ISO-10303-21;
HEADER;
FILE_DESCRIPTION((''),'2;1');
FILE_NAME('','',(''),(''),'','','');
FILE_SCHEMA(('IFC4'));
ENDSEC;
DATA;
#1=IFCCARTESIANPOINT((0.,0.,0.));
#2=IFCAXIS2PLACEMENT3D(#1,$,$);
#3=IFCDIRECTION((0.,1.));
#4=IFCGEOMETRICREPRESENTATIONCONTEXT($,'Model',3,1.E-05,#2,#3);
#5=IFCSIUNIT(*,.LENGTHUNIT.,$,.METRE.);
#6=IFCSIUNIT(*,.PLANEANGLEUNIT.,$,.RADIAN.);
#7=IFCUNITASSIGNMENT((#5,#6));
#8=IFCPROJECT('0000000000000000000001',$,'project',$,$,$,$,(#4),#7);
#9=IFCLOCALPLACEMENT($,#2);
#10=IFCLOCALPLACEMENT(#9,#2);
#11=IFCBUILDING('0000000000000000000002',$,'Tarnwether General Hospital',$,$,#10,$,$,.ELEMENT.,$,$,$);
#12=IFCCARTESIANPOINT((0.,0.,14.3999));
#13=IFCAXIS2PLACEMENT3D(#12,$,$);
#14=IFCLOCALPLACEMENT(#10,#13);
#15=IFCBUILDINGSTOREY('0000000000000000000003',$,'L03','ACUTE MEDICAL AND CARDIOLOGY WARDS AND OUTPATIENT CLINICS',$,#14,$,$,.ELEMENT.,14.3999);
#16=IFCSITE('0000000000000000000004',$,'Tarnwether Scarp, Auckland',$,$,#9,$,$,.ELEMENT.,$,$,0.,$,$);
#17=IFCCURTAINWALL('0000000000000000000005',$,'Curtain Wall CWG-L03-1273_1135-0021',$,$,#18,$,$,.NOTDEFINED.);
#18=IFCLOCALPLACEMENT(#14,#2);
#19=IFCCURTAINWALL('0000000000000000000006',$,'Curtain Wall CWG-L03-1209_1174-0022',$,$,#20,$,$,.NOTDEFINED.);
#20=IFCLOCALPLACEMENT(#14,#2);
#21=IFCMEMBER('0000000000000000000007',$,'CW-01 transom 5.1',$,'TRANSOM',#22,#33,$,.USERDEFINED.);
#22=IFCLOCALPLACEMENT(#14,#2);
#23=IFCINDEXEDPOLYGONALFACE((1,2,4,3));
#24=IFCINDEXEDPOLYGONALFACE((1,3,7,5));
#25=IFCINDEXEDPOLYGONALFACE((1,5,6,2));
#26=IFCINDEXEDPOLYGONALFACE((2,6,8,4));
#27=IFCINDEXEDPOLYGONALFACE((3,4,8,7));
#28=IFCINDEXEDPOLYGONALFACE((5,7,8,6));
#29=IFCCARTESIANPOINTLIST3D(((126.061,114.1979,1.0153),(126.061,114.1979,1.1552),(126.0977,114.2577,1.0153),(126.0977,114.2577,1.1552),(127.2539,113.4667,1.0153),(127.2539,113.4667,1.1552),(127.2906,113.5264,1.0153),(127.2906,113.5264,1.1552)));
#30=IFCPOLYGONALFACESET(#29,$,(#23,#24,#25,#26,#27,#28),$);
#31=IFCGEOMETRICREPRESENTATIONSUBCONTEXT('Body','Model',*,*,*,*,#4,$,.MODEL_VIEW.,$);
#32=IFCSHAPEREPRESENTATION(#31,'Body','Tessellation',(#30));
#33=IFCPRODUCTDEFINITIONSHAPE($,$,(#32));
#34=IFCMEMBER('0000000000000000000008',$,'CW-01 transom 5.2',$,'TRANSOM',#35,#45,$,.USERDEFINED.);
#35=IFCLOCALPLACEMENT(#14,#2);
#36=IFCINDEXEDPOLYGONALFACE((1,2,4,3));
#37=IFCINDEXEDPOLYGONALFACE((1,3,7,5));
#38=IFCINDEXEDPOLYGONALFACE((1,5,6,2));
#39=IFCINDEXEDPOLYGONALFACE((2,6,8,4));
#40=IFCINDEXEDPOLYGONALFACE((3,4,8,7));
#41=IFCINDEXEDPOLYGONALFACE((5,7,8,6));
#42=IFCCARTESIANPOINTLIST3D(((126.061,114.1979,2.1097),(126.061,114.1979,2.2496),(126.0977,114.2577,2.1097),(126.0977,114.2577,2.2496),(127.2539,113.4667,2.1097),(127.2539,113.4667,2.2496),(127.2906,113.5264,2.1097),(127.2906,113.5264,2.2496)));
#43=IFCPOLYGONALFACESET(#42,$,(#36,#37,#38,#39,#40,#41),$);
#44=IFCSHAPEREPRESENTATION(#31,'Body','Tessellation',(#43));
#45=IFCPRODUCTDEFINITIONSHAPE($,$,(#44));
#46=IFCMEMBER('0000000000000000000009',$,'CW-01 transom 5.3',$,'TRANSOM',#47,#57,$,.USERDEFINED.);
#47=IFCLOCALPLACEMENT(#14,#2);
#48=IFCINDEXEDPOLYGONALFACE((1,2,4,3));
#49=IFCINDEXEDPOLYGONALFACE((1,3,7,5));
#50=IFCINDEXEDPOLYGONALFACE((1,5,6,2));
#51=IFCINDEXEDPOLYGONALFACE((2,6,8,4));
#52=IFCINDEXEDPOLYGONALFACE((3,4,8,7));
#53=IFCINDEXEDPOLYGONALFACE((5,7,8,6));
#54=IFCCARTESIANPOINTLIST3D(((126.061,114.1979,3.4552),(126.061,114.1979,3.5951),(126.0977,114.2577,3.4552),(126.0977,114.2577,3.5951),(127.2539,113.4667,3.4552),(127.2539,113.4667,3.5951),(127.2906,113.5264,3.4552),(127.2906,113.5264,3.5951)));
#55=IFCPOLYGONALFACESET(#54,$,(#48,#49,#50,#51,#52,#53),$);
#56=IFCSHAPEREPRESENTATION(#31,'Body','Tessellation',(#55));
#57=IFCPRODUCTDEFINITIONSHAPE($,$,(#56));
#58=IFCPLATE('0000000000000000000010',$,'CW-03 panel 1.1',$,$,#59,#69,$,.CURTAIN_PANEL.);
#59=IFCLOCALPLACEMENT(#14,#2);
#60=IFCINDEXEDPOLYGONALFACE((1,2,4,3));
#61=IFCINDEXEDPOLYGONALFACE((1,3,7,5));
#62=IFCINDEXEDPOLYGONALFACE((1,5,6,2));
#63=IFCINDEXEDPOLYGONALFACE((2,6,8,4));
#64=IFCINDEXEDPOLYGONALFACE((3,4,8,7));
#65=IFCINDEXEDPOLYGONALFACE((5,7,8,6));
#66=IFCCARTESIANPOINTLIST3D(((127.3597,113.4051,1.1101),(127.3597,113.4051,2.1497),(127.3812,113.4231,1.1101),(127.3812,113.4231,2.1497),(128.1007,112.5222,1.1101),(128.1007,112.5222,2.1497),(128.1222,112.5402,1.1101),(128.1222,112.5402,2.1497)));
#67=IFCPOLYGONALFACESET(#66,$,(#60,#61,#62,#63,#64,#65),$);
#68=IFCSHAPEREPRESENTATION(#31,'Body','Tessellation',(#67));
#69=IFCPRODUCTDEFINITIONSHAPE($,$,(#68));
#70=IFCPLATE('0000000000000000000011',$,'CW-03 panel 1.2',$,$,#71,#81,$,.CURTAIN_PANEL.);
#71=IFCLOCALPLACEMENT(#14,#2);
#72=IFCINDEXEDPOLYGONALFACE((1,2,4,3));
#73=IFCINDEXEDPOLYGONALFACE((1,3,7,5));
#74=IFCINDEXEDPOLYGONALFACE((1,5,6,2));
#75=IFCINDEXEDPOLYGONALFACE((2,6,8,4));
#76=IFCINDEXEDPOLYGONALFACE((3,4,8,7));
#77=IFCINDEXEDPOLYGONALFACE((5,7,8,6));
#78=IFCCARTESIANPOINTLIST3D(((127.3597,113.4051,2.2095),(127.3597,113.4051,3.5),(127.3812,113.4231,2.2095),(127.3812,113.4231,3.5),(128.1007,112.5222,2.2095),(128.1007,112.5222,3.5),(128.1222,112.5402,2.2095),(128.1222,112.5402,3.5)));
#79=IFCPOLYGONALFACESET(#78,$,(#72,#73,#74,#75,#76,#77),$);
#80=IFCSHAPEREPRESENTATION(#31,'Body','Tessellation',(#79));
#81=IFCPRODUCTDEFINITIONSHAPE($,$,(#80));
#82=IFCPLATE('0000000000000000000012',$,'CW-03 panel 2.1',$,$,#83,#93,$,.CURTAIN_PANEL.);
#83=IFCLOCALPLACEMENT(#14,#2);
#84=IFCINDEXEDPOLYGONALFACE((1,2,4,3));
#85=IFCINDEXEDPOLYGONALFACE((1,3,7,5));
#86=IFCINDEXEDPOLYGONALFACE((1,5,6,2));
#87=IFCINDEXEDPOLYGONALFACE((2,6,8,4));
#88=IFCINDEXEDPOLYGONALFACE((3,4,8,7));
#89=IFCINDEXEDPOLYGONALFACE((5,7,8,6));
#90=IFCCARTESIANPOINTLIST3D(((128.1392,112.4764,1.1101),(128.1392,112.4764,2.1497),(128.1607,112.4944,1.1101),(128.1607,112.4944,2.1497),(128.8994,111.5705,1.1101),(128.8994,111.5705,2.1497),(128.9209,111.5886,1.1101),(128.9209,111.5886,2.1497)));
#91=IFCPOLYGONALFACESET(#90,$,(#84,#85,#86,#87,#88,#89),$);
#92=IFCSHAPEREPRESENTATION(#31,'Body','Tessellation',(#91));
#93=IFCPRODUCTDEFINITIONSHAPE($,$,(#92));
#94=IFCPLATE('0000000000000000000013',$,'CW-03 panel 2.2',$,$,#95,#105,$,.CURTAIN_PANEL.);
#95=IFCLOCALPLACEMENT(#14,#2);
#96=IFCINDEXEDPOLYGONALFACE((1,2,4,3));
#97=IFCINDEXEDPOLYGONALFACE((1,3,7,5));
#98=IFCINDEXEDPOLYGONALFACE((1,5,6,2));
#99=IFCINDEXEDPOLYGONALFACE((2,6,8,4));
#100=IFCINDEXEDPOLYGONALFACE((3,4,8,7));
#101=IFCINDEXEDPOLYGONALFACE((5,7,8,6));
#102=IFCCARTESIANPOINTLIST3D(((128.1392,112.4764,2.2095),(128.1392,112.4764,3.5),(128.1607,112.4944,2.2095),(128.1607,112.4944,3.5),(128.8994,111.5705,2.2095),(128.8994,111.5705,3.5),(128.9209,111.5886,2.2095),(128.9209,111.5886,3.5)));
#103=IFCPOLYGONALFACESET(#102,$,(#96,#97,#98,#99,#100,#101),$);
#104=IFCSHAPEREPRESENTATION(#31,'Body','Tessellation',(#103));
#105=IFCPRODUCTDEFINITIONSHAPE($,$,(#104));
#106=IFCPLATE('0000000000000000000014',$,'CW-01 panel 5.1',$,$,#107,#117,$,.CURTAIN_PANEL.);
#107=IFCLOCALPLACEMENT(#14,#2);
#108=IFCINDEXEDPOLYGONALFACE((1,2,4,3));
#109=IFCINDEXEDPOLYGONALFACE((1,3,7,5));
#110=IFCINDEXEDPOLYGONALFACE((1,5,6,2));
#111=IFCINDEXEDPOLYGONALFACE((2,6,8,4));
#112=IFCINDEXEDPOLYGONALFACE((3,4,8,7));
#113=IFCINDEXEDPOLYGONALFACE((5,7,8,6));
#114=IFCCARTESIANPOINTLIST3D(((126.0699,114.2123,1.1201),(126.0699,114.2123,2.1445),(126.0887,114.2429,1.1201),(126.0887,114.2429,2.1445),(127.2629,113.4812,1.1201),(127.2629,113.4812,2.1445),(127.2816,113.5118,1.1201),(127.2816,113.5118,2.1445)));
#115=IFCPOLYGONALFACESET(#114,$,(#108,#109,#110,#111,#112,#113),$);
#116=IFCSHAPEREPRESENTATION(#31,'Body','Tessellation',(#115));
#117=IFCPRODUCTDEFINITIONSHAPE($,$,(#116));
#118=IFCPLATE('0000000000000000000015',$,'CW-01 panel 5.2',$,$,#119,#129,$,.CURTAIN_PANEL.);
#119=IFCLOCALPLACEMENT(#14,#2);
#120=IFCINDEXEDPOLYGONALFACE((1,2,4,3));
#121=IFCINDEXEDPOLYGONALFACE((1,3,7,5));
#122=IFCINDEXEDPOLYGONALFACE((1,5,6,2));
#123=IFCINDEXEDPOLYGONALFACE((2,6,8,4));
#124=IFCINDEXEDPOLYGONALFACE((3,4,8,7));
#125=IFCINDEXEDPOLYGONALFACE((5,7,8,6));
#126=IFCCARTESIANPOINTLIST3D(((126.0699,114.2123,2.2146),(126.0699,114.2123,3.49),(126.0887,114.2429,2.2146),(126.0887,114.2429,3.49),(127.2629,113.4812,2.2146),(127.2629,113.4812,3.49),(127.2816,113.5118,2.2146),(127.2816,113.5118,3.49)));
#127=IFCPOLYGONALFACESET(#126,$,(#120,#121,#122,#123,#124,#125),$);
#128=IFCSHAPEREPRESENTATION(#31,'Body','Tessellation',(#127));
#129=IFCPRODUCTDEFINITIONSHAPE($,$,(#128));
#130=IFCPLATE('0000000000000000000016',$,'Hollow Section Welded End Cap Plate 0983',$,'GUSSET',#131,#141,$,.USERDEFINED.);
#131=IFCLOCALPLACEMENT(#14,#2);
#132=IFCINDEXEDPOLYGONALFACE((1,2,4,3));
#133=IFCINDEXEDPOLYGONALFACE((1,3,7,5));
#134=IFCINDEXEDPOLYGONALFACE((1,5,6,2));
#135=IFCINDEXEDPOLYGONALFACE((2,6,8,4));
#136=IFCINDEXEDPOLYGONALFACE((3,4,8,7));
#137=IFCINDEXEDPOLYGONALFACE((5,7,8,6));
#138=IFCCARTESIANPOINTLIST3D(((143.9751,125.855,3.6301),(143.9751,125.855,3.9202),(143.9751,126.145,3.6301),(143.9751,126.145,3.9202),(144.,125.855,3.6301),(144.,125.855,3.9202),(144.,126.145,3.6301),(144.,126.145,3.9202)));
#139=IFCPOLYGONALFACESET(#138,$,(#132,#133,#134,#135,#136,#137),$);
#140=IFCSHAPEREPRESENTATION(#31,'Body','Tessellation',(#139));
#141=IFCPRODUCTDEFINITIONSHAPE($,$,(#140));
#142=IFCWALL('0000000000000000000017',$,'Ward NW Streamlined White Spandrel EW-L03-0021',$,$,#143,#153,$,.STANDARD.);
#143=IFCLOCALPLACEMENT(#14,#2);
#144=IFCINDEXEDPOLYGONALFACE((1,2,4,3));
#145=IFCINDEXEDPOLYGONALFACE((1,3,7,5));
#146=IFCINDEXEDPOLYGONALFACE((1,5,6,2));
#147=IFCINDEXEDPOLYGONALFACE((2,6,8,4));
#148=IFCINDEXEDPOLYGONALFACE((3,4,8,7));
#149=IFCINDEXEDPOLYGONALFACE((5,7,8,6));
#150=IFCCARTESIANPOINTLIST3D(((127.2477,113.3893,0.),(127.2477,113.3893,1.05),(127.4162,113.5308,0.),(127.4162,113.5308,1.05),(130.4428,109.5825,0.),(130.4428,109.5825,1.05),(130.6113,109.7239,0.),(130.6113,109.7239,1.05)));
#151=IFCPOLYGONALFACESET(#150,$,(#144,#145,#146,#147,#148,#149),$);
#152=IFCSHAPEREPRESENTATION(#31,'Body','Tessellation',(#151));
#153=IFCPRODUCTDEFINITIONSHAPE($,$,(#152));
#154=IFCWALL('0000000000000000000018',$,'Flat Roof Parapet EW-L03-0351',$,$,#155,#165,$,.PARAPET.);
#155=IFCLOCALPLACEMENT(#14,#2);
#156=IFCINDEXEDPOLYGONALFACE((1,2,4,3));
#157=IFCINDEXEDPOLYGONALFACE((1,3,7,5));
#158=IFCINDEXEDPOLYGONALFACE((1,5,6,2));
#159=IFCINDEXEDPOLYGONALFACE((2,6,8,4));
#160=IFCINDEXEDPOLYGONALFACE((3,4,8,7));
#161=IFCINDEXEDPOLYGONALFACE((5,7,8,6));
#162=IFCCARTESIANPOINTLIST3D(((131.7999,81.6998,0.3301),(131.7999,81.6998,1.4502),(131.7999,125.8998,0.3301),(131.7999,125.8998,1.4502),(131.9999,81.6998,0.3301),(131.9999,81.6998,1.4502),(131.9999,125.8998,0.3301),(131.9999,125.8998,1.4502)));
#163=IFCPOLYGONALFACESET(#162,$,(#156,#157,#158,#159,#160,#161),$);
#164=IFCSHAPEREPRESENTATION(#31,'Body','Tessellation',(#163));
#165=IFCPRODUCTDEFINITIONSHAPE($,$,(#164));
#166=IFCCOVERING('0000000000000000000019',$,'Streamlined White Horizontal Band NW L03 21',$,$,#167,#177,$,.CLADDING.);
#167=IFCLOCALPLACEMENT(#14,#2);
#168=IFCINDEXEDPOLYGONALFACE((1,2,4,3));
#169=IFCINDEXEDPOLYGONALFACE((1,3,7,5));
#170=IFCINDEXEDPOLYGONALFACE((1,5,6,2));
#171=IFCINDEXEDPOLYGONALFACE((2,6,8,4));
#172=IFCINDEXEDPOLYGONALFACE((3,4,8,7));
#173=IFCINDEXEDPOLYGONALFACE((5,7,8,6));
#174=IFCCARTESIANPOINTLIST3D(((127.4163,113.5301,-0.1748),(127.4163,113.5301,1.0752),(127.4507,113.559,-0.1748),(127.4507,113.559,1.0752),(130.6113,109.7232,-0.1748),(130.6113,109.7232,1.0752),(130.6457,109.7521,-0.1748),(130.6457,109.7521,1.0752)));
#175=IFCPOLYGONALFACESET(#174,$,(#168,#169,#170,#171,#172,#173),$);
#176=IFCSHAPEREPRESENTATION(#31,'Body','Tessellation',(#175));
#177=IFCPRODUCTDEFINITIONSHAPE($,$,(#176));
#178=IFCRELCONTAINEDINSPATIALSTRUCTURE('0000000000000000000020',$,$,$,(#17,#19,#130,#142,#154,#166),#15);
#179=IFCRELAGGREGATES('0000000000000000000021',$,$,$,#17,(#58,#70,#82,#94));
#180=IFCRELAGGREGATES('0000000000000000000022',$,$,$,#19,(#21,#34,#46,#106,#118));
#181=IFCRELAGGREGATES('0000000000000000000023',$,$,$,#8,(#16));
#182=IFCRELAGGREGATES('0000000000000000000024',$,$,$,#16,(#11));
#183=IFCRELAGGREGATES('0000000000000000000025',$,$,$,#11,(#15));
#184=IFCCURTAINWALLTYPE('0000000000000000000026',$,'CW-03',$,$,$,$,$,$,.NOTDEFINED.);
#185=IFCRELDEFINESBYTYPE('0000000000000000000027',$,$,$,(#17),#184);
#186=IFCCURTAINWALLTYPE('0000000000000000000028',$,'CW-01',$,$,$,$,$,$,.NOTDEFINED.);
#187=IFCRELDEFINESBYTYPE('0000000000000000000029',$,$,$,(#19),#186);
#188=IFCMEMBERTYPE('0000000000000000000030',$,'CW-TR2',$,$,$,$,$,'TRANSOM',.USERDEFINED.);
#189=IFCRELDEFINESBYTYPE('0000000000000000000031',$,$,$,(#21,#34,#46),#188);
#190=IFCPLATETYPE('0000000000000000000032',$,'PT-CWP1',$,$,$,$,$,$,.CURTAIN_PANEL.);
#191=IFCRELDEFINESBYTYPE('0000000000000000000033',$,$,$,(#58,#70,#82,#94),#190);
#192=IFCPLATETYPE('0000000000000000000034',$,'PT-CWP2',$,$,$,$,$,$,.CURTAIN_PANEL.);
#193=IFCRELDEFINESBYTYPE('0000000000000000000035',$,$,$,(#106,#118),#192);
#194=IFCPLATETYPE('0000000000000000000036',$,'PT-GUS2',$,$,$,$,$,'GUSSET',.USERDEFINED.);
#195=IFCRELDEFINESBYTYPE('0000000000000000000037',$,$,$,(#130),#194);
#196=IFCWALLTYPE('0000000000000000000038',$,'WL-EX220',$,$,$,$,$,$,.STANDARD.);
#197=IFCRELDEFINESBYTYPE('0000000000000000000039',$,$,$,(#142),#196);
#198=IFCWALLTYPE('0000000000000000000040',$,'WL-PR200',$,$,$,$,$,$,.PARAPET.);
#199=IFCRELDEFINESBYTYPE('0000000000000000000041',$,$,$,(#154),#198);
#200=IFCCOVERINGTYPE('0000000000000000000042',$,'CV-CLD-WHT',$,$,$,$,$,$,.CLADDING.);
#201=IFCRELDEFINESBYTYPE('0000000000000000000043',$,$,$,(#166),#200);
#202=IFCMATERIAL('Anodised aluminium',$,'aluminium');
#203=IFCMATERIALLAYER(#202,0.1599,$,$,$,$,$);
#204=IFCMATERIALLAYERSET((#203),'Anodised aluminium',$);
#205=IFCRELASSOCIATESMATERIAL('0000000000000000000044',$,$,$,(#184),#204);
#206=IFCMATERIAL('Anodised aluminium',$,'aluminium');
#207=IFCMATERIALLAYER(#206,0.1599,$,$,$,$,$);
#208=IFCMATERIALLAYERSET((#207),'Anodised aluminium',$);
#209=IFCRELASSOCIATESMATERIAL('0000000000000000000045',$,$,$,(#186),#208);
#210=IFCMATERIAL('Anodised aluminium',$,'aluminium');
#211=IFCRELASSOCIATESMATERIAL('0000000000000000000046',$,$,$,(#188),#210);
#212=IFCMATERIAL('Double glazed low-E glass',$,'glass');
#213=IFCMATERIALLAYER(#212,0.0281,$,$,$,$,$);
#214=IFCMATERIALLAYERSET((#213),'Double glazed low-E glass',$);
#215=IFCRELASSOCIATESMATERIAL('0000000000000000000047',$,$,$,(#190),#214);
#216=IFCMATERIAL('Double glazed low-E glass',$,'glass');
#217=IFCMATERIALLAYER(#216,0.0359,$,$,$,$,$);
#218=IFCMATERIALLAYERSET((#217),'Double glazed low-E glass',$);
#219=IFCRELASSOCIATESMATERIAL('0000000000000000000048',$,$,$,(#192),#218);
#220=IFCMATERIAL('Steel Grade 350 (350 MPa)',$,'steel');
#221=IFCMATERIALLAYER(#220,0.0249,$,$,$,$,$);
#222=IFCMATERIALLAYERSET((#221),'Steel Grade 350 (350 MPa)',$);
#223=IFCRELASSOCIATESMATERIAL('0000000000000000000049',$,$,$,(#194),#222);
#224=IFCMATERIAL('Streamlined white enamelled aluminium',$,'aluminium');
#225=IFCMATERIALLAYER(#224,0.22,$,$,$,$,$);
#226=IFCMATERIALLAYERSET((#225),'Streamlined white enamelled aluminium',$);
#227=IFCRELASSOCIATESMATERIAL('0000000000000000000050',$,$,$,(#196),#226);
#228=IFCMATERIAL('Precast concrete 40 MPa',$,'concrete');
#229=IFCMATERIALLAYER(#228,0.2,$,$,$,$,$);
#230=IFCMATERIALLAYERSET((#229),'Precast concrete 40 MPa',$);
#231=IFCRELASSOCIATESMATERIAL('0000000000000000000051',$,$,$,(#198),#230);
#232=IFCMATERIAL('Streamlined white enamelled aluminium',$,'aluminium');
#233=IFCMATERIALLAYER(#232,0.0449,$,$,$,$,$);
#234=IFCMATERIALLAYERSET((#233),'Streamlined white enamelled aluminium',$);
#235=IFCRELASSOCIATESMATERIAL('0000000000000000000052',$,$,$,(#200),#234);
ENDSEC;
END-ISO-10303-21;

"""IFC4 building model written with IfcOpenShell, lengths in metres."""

from ifc_helpers import new_model, si_unit, direction, frame, frame_2d, origin, origin_2d, place, context, subcontext, project, spatial, rectangle, extrude, material, layer, layer_set, material_profile, profile_set, type_object, element, aggregate, save


model = new_model("IFC4")

# Units and contexts
model_context = context("Model", 3, precision=1e-05, world=origin(), true_north=direction((0.0, 1.0)))
body_context = subcontext(model_context, "Body", "Model", "MODEL_VIEW")
ifc_project = project(units=[si_unit("LENGTHUNIT", "METRE"), si_unit("PLANEANGLEUNIT", "RADIAN")], contexts=[model_context])

# Site, building, storey
site_placement = place(None, origin())
site = spatial("IfcSite", under=ifc_project, at=site_placement, Name="Tarnwether Scarp, Auckland", CompositionType="ELEMENT", RefElevation=0.0)
building_placement = place(site_placement, origin())
building = spatial("IfcBuilding", under=site, at=building_placement, Name="Tarnwether General Hospital", CompositionType="ELEMENT")
storey_placement = place(building_placement, frame((0.0, 0.0, 14.3999)))
storey = spatial("IfcBuildingStorey", under=building, at=storey_placement, Name="L03", Description="ACUTE MEDICAL AND CARDIOLOGY WARDS AND OUTPATIENT CLINICS", CompositionType="ELEMENT", Elevation=14.3999)

# Curtain walls
ifc_material_1 = material(Name="Anodised aluminium", Category="aluminium")
ifc_layer_1 = layer(ifc_material_1, 0.1599)
ifc_layer_set_1 = layer_set([ifc_layer_1], Name="Anodised aluminium")
curtain_wall_type_1 = type_object("IfcCurtainWallType", Name="CW-03", PredefinedType="NOTDEFINED", material=ifc_layer_set_1)
curtain_wall_1_placement = place(storey_placement, origin())
curtain_wall_1 = element("IfcCurtainWall", 1, at=curtain_wall_1_placement, inside=storey, type_object=curtain_wall_type_1, Name="Curtain Wall CWG-L03-1273_1135-0021", PredefinedType="NOTDEFINED")
ifc_material_2 = material(Name="Anodised aluminium", Category="aluminium")
ifc_layer_2 = layer(ifc_material_2, 0.1599)
ifc_layer_set_2 = layer_set([ifc_layer_2], Name="Anodised aluminium")
curtain_wall_type_2 = type_object("IfcCurtainWallType", Name="CW-01", PredefinedType="NOTDEFINED", material=ifc_layer_set_2)
curtain_wall_2_placement = place(storey_placement, origin())
curtain_wall_2 = element("IfcCurtainWall", 2, at=curtain_wall_2_placement, inside=storey, type_object=curtain_wall_type_2, Name="Curtain Wall CWG-L03-1209_1174-0022", PredefinedType="NOTDEFINED")

# Members
ifc_material_3 = material(Name="Anodised aluminium", Category="aluminium")
ifc_material_profile_1 = material_profile(ifc_material_3, rectangle(XDim=0.0701, YDim=0.1399, at=origin_2d()), Name="ALU-TRN-70x140")
ifc_profile_set_1 = profile_set([ifc_material_profile_1], Name="Anodised aluminium")
member_type_1 = type_object("IfcMemberType", Name="CW-TR2", ElementType="TRANSOM", PredefinedType="USERDEFINED", material=ifc_profile_set_1)
member_1_placement = place(storey_placement, frame((126.0793, 114.2278, 1.0852), z_axis=(0.852574, -0.522607, 0.0), x_axis=(0.522607, 0.852574, 0.0)))
member_1 = element("IfcMember", 3, at=member_1_placement, type_object=member_type_1, Name="CW-01 transom 5.1", ObjectType="TRANSOM", PredefinedType="USERDEFINED", context=body_context, shape_type="SweptSolid", body=[
    extrude(rectangle(XDim=0.0701, YDim=0.1399, at=origin_2d()), origin(), (0.0, 0.0, 1.0), 1.3992),
])
member_2_placement = place(storey_placement, frame((126.0793, 114.2278, 2.1797), z_axis=(0.852574, -0.522607, 0.0), x_axis=(0.522607, 0.852574, 0.0)))
member_2 = element("IfcMember", 4, at=member_2_placement, type_object=member_type_1, Name="CW-01 transom 5.2", ObjectType="TRANSOM", PredefinedType="USERDEFINED", context=body_context, shape_type="SweptSolid", body=[
    extrude(rectangle(XDim=0.0701, YDim=0.1399, at=origin_2d()), origin(), (0.0, 0.0, 1.0), 1.3992),
])
member_3_placement = place(storey_placement, frame((126.0793, 114.2278, 3.5251), z_axis=(0.852574, -0.522607, 0.0), x_axis=(0.522607, 0.852574, 0.0)))
member_3 = element("IfcMember", 5, at=member_3_placement, type_object=member_type_1, Name="CW-01 transom 5.3", ObjectType="TRANSOM", PredefinedType="USERDEFINED", context=body_context, shape_type="SweptSolid", body=[
    extrude(rectangle(XDim=0.0701, YDim=0.1399, at=origin_2d()), origin(), (0.0, 0.0, 1.0), 1.3992),
])

# Plates
ifc_material_4 = material(Name="Double glazed low-E glass", Category="glass")
ifc_layer_3 = layer(ifc_material_4, 0.0281)
ifc_layer_set_3 = layer_set([ifc_layer_3], Name="Double glazed low-E glass")
plate_type_1 = type_object("IfcPlateType", Name="PT-CWP1", PredefinedType="CURTAIN_PANEL", material=ifc_layer_set_3)
plate_1_placement = place(storey_placement, frame((127.741, 112.9727, 1.1101), z_axis=(0.0, 0.0, 1.0), x_axis=(0.642852, -0.76599, 0.0)))
plate_1 = element("IfcPlate", 6, at=plate_1_placement, type_object=plate_type_1, Name="CW-03 panel 1.1", PredefinedType="CURTAIN_PANEL", context=body_context, shape_type="SweptSolid", body=[
    extrude(rectangle(XDim=1.1526, YDim=0.0281, at=origin_2d()), origin(), (0.0, 0.0, 1.0), 1.0396),
])
plate_2_placement = place(storey_placement, frame((127.741, 112.9727, 2.2095), z_axis=(0.0, 0.0, 1.0), x_axis=(0.642852, -0.76599, 0.0)))
plate_2 = element("IfcPlate", 7, at=plate_2_placement, type_object=plate_type_1, Name="CW-03 panel 1.2", PredefinedType="CURTAIN_PANEL", context=body_context, shape_type="SweptSolid", body=[
    extrude(rectangle(XDim=1.1526, YDim=0.0281, at=origin_2d()), origin(), (0.0, 0.0, 1.0), 1.2905),
])
plate_3_placement = place(storey_placement, frame((128.53, 112.0325, 1.1101), z_axis=(0.0, 0.0, 1.0), x_axis=(0.642852, -0.76599, 0.0)))
plate_3 = element("IfcPlate", 8, at=plate_3_placement, type_object=plate_type_1, Name="CW-03 panel 2.1", PredefinedType="CURTAIN_PANEL", context=body_context, shape_type="SweptSolid", body=[
    extrude(rectangle(XDim=1.1826, YDim=0.0281, at=origin_2d()), origin(), (0.0, 0.0, 1.0), 1.0396),
])
plate_4_placement = place(storey_placement, frame((128.53, 112.0325, 2.2095), z_axis=(0.0, 0.0, 1.0), x_axis=(0.642852, -0.76599, 0.0)))
plate_4 = element("IfcPlate", 9, at=plate_4_placement, type_object=plate_type_1, Name="CW-03 panel 2.2", PredefinedType="CURTAIN_PANEL", context=body_context, shape_type="SweptSolid", body=[
    extrude(rectangle(XDim=1.1826, YDim=0.0281, at=origin_2d()), origin(), (0.0, 0.0, 1.0), 1.2905),
])
aggregate(curtain_wall_1, [plate_1, plate_2, plate_3, plate_4])
ifc_material_5 = material(Name="Double glazed low-E glass", Category="glass")
ifc_layer_4 = layer(ifc_material_5, 0.0359)
ifc_layer_set_4 = layer_set([ifc_layer_4], Name="Double glazed low-E glass")
plate_type_2 = type_object("IfcPlateType", Name="PT-CWP2", PredefinedType="CURTAIN_PANEL", material=ifc_layer_set_4)
plate_5_placement = place(storey_placement, frame((126.6758, 113.8621, 1.1201), z_axis=(0.0, 0.0, 1.0), x_axis=(0.852634, -0.522509, 0.0)))
plate_5 = element("IfcPlate", 10, at=plate_5_placement, type_object=plate_type_2, Name="CW-01 panel 5.1", PredefinedType="CURTAIN_PANEL", context=body_context, shape_type="SweptSolid", body=[
    extrude(rectangle(XDim=1.3992, YDim=0.0359, at=origin_2d()), origin(), (0.0, 0.0, 1.0), 1.0244),
])
plate_6_placement = place(storey_placement, frame((126.6758, 113.8621, 2.2146), z_axis=(0.0, 0.0, 1.0), x_axis=(0.852634, -0.522509, 0.0)))
plate_6 = element("IfcPlate", 11, at=plate_6_placement, type_object=plate_type_2, Name="CW-01 panel 5.2", PredefinedType="CURTAIN_PANEL", context=body_context, shape_type="SweptSolid", body=[
    extrude(rectangle(XDim=1.3992, YDim=0.0359, at=origin_2d()), origin(), (0.0, 0.0, 1.0), 1.2754),
])
aggregate(curtain_wall_2, [member_1, member_2, member_3, plate_5, plate_6])
ifc_material_6 = material(Name="Steel Grade 350 (350 MPa)", Category="steel")
ifc_layer_5 = layer(ifc_material_6, 0.0249)
ifc_layer_set_5 = layer_set([ifc_layer_5], Name="Steel Grade 350 (350 MPa)")
plate_type_3 = type_object("IfcPlateType", Name="PT-GUS2", ElementType="GUSSET", PredefinedType="USERDEFINED", material=ifc_layer_set_5)
plate_7_placement = place(storey_placement, frame((143.9875, 126.0, 3.6301), z_axis=(0.0, 0.0, 1.0), x_axis=(1.0, 0.0, 0.0)))
element("IfcPlate", 12, at=plate_7_placement, inside=storey, type_object=plate_type_3, Name="Hollow Section Welded End Cap Plate 0983", ObjectType="GUSSET", PredefinedType="USERDEFINED", context=body_context, shape_type="SweptSolid", body=[
    extrude(rectangle(XDim=0.0249, YDim=0.29, at=origin_2d()), origin(), (0.0, 0.0, 1.0), 0.29),
])

# Walls
ifc_material_7 = material(Name="Streamlined white enamelled aluminium", Category="aluminium")
ifc_layer_6 = layer(ifc_material_7, 0.22)
ifc_layer_set_6 = layer_set([ifc_layer_6], Name="Streamlined white enamelled aluminium")
wall_type_1 = type_object("IfcWallType", Name="WL-EX220", PredefinedType="STANDARD", material=ifc_layer_set_6)
wall_1_placement = place(storey_placement, frame((127.332, 113.46, 0.0), z_axis=(0.0, 0.0, 1.0), x_axis=(0.642872, -0.765974, 0.0)))
element("IfcWall", 13, at=wall_1_placement, inside=storey, type_object=wall_type_1, Name="Ward NW Streamlined White Spandrel EW-L03-0021", PredefinedType="STANDARD", context=body_context, shape_type="SweptSolid", body=[
    extrude(rectangle(XDim=4.97, YDim=0.22, at=frame_2d((2.4849, 0.0))), origin(), (0.0, 0.0, 1.0), 1.05),
])
ifc_material_8 = material(Name="Precast concrete 40 MPa", Category="concrete")
ifc_layer_7 = layer(ifc_material_8, 0.2)
ifc_layer_set_7 = layer_set([ifc_layer_7], Name="Precast concrete 40 MPa")
wall_type_2 = type_object("IfcWallType", Name="WL-PR200", PredefinedType="PARAPET", material=ifc_layer_set_7)
wall_2_placement = place(storey_placement, frame((131.8999, 125.8999, 0.3301), z_axis=(0.0, 0.0, 1.0), x_axis=(0.0, -1.0, 0.0)))
element("IfcWall", 14, at=wall_2_placement, inside=storey, type_object=wall_type_2, Name="Flat Roof Parapet EW-L03-0351", PredefinedType="PARAPET", context=body_context, shape_type="SweptSolid", body=[
    extrude(rectangle(XDim=44.2, YDim=0.2, at=frame_2d((22.1001, 0.0))), origin(), (0.0, 0.0, 1.0), 1.1201),
])

# Covering
ifc_material_9 = material(Name="Streamlined white enamelled aluminium", Category="aluminium")
ifc_layer_8 = layer(ifc_material_9, 0.0449)
ifc_layer_set_8 = layer_set([ifc_layer_8], Name="Streamlined white enamelled aluminium")
covering_type = type_object("IfcCoveringType", Name="CV-CLD-WHT", PredefinedType="CLADDING", material=ifc_layer_set_8)
covering_placement = place(storey_placement, frame((129.031, 111.6411, -0.1748), z_axis=(0.0, 0.0, 1.0), x_axis=(0.642854, -0.765988, 0.0)))
element("IfcCovering", 15, at=covering_placement, inside=storey, type_object=covering_type, Name="Streamlined White Horizontal Band NW L03 21", PredefinedType="CLADDING", context=body_context, shape_type="SweptSolid", body=[
    extrude(rectangle(XDim=4.97, YDim=0.0449, at=origin_2d()), origin(), (0.0, 0.0, 1.0), 1.25),
])

save(model, "model.ifc")
